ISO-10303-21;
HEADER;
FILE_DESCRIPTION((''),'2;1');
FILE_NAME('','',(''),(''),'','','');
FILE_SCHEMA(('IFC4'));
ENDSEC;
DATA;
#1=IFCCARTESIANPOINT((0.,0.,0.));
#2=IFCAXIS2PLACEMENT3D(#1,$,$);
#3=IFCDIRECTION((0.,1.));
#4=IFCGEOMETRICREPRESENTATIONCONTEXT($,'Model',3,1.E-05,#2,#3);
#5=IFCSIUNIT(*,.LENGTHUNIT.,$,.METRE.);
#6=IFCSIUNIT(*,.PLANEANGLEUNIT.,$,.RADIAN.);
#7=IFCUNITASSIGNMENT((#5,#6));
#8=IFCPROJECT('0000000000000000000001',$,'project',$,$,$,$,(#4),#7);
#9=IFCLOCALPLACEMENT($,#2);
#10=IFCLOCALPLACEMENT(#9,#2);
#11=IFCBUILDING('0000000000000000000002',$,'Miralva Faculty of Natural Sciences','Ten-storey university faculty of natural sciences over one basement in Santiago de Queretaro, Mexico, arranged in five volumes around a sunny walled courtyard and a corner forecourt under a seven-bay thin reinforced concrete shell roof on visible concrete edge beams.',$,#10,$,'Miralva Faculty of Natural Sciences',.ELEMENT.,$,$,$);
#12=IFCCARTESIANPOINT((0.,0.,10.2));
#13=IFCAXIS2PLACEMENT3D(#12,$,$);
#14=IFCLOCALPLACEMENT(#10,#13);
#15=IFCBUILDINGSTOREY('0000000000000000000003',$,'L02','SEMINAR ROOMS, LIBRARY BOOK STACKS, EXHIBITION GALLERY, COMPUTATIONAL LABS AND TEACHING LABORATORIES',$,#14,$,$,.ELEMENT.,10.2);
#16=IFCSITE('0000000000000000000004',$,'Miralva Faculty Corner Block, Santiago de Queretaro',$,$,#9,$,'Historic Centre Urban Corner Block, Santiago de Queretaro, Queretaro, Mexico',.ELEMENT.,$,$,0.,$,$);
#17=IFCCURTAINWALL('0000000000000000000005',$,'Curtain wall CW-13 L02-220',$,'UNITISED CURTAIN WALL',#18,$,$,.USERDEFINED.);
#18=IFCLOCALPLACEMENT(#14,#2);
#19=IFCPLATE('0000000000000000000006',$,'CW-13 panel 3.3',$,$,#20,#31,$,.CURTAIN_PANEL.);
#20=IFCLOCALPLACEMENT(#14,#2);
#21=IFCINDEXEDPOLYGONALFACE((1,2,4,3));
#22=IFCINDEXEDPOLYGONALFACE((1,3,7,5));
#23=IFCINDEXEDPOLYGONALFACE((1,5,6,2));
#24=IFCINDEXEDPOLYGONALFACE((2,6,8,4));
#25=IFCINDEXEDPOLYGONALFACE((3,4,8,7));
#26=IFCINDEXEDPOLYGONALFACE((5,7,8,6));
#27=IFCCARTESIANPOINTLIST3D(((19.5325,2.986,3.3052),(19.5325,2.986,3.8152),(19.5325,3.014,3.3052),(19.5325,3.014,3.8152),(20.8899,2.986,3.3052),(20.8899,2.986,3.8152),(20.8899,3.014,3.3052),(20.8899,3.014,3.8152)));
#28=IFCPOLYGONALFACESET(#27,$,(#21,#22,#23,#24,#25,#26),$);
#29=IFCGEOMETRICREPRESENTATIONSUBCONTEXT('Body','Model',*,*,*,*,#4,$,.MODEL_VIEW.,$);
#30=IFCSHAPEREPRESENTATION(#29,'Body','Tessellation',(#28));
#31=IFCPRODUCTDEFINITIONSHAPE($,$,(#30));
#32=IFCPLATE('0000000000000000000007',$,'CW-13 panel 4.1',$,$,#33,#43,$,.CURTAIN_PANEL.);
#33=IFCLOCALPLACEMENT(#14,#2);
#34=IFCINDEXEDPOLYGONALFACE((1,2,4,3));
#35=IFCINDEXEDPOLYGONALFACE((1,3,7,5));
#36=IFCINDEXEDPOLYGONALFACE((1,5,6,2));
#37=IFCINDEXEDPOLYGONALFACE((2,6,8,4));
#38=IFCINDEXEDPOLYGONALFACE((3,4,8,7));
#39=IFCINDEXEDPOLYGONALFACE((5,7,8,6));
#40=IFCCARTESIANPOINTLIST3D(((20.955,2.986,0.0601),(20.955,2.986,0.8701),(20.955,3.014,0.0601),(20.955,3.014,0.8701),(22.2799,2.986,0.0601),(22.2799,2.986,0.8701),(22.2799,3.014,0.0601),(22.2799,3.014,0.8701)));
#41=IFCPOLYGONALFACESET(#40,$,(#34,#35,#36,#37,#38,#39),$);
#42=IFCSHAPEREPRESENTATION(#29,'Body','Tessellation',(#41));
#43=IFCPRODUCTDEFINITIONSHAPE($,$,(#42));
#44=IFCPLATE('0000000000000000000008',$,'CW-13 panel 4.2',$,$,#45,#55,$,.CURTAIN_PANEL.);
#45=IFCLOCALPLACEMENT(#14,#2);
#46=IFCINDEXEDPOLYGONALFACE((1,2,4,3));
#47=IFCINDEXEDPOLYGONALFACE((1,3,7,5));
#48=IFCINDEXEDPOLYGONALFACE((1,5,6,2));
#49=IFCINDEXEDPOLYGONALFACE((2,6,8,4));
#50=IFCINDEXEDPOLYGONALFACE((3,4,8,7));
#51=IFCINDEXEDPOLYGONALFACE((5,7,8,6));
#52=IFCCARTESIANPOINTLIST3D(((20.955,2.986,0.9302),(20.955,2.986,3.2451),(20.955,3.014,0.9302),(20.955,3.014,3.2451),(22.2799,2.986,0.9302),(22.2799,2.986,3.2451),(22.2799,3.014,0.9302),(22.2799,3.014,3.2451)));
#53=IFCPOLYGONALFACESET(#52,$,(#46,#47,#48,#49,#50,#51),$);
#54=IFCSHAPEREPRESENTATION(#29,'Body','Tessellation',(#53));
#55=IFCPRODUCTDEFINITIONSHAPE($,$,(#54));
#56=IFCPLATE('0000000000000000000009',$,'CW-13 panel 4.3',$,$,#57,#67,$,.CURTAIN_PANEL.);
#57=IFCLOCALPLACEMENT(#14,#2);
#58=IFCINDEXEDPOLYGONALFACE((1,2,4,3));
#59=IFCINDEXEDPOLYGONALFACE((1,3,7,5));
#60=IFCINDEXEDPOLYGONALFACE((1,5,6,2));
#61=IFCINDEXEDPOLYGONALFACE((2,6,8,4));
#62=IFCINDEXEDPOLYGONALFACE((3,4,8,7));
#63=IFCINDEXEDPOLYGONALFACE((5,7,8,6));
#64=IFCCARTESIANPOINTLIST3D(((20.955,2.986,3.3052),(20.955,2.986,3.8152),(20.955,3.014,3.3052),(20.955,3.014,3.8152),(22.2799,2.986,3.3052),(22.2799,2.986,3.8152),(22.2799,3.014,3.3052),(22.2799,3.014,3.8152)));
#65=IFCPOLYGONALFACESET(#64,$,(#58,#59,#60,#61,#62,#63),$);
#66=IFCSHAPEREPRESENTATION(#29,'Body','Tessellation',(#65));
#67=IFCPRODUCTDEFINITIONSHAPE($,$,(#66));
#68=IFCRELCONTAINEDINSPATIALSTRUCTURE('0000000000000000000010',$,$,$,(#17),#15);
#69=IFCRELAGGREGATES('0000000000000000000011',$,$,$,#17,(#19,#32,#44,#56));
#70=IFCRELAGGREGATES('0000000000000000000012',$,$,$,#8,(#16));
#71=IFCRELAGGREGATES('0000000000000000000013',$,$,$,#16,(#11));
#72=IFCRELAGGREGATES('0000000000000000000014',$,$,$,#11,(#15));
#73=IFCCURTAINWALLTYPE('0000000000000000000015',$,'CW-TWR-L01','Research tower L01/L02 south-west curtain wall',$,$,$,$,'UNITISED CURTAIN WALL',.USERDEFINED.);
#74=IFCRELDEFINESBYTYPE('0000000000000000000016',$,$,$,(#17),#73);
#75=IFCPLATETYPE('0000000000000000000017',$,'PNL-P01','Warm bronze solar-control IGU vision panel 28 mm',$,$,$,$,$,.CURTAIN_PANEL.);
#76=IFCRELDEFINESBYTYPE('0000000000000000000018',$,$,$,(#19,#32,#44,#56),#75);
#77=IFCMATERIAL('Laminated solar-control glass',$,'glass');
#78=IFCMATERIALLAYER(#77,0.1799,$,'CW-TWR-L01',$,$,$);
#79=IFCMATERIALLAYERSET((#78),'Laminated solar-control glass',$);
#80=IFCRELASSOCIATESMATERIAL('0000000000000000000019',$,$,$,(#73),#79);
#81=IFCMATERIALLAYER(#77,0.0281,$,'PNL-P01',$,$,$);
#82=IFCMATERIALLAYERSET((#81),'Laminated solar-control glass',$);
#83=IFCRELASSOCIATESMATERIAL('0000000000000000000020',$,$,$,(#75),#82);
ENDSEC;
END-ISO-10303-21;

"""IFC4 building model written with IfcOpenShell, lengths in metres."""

from ifc_helpers import new_model, si_unit, direction, frame, origin, origin_2d, place, context, subcontext, project, spatial, rectangle, extrude, material, layer, layer_set, type_object, element, aggregate, save


model = new_model("IFC4")

# Units and contexts
model_context = context("Model", 3, precision=1e-05, world=origin(), true_north=direction((0.0, 1.0)))
body_context = subcontext(model_context, "Body", "Model", "MODEL_VIEW")
ifc_project = project(units=[si_unit("LENGTHUNIT", "METRE"), si_unit("PLANEANGLEUNIT", "RADIAN")], contexts=[model_context])

# Site, building, storey
site_placement = place(None, origin())
site = spatial("IfcSite", under=ifc_project, at=site_placement, Name="Miralva Faculty Corner Block, Santiago de Queretaro", LongName="Historic Centre Urban Corner Block, Santiago de Queretaro, Queretaro, Mexico", CompositionType="ELEMENT", RefElevation=0.0)
building_placement = place(site_placement, origin())
building = spatial("IfcBuilding", under=site, at=building_placement, Name="Miralva Faculty of Natural Sciences", Description="Ten-storey university faculty of natural sciences over one basement in Santiago de Queretaro, Mexico, arranged in five volumes around a sunny walled courtyard and a corner forecourt under a seven-bay thin reinforced concrete shell roof on visible concrete edge beams.", LongName="Miralva Faculty of Natural Sciences", CompositionType="ELEMENT")
storey_placement = place(building_placement, frame((0.0, 0.0, 10.2)))
storey = spatial("IfcBuildingStorey", under=building, at=storey_placement, Name="L02", Description="SEMINAR ROOMS, LIBRARY BOOK STACKS, EXHIBITION GALLERY, COMPUTATIONAL LABS AND TEACHING LABORATORIES", CompositionType="ELEMENT", Elevation=10.2)

# Curtain wall, plates
ifc_material_1 = material(Name="Laminated solar-control glass", Category="glass")
ifc_layer_1 = layer(ifc_material_1, 0.1799, Name="CW-TWR-L01")
ifc_layer_set_1 = layer_set([ifc_layer_1], Name="Laminated solar-control glass")
curtain_wall_type = type_object("IfcCurtainWallType", Name="CW-TWR-L01", Description="Research tower L01/L02 south-west curtain wall", ElementType="UNITISED CURTAIN WALL", PredefinedType="USERDEFINED", material=ifc_layer_set_1)
curtain_wall_placement = place(storey_placement, origin())
curtain_wall = element("IfcCurtainWall", 1, at=curtain_wall_placement, inside=storey, type_object=curtain_wall_type, Name="Curtain wall CW-13 L02-220", ObjectType="UNITISED CURTAIN WALL", PredefinedType="USERDEFINED")
ifc_layer_2 = layer(ifc_material_1, 0.0281, Name="PNL-P01")
ifc_layer_set_2 = layer_set([ifc_layer_2], Name="Laminated solar-control glass")
plate_type = type_object("IfcPlateType", Name="PNL-P01", Description="Warm bronze solar-control IGU vision panel 28 mm", PredefinedType="CURTAIN_PANEL", material=ifc_layer_set_2)
plate_1_placement = place(storey_placement, frame((20.2112, 3.0, 3.3052), z_axis=(0.0, 0.0, 1.0), x_axis=(1.0, 0.0, 0.0)))
plate_1 = element("IfcPlate", 2, at=plate_1_placement, type_object=plate_type, Name="CW-13 panel 3.3", PredefinedType="CURTAIN_PANEL", context=body_context, shape_type="SweptSolid", body=[
    extrude(rectangle(XDim=1.3574, YDim=0.0281, at=origin_2d()), origin(), (0.0, 0.0, 1.0), 0.51),
])
plate_2_placement = place(storey_placement, frame((21.6174, 3.0, 0.0601), z_axis=(0.0, 0.0, 1.0), x_axis=(1.0, 0.0, 0.0)))
plate_2 = element("IfcPlate", 3, at=plate_2_placement, type_object=plate_type, Name="CW-13 panel 4.1", PredefinedType="CURTAIN_PANEL", context=body_context, shape_type="SweptSolid", body=[
    extrude(rectangle(XDim=1.325, YDim=0.0281, at=origin_2d()), origin(), (0.0, 0.0, 1.0), 0.8101),
])
plate_3_placement = place(storey_placement, frame((21.6174, 3.0, 0.9302), z_axis=(0.0, 0.0, 1.0), x_axis=(1.0, 0.0, 0.0)))
plate_3 = element("IfcPlate", 4, at=plate_3_placement, type_object=plate_type, Name="CW-13 panel 4.2", PredefinedType="CURTAIN_PANEL", context=body_context, shape_type="SweptSolid", body=[
    extrude(rectangle(XDim=1.325, YDim=0.0281, at=origin_2d()), origin(), (0.0, 0.0, 1.0), 2.3149),
])
plate_4_placement = place(storey_placement, frame((21.6174, 3.0, 3.3052), z_axis=(0.0, 0.0, 1.0), x_axis=(1.0, 0.0, 0.0)))
plate_4 = element("IfcPlate", 5, at=plate_4_placement, type_object=plate_type, Name="CW-13 panel 4.3", PredefinedType="CURTAIN_PANEL", context=body_context, shape_type="SweptSolid", body=[
    extrude(rectangle(XDim=1.325, YDim=0.0281, at=origin_2d()), origin(), (0.0, 0.0, 1.0), 0.51),
])
aggregate(curtain_wall, [plate_1, plate_2, plate_3, plate_4])

save(model, "model.ifc")
